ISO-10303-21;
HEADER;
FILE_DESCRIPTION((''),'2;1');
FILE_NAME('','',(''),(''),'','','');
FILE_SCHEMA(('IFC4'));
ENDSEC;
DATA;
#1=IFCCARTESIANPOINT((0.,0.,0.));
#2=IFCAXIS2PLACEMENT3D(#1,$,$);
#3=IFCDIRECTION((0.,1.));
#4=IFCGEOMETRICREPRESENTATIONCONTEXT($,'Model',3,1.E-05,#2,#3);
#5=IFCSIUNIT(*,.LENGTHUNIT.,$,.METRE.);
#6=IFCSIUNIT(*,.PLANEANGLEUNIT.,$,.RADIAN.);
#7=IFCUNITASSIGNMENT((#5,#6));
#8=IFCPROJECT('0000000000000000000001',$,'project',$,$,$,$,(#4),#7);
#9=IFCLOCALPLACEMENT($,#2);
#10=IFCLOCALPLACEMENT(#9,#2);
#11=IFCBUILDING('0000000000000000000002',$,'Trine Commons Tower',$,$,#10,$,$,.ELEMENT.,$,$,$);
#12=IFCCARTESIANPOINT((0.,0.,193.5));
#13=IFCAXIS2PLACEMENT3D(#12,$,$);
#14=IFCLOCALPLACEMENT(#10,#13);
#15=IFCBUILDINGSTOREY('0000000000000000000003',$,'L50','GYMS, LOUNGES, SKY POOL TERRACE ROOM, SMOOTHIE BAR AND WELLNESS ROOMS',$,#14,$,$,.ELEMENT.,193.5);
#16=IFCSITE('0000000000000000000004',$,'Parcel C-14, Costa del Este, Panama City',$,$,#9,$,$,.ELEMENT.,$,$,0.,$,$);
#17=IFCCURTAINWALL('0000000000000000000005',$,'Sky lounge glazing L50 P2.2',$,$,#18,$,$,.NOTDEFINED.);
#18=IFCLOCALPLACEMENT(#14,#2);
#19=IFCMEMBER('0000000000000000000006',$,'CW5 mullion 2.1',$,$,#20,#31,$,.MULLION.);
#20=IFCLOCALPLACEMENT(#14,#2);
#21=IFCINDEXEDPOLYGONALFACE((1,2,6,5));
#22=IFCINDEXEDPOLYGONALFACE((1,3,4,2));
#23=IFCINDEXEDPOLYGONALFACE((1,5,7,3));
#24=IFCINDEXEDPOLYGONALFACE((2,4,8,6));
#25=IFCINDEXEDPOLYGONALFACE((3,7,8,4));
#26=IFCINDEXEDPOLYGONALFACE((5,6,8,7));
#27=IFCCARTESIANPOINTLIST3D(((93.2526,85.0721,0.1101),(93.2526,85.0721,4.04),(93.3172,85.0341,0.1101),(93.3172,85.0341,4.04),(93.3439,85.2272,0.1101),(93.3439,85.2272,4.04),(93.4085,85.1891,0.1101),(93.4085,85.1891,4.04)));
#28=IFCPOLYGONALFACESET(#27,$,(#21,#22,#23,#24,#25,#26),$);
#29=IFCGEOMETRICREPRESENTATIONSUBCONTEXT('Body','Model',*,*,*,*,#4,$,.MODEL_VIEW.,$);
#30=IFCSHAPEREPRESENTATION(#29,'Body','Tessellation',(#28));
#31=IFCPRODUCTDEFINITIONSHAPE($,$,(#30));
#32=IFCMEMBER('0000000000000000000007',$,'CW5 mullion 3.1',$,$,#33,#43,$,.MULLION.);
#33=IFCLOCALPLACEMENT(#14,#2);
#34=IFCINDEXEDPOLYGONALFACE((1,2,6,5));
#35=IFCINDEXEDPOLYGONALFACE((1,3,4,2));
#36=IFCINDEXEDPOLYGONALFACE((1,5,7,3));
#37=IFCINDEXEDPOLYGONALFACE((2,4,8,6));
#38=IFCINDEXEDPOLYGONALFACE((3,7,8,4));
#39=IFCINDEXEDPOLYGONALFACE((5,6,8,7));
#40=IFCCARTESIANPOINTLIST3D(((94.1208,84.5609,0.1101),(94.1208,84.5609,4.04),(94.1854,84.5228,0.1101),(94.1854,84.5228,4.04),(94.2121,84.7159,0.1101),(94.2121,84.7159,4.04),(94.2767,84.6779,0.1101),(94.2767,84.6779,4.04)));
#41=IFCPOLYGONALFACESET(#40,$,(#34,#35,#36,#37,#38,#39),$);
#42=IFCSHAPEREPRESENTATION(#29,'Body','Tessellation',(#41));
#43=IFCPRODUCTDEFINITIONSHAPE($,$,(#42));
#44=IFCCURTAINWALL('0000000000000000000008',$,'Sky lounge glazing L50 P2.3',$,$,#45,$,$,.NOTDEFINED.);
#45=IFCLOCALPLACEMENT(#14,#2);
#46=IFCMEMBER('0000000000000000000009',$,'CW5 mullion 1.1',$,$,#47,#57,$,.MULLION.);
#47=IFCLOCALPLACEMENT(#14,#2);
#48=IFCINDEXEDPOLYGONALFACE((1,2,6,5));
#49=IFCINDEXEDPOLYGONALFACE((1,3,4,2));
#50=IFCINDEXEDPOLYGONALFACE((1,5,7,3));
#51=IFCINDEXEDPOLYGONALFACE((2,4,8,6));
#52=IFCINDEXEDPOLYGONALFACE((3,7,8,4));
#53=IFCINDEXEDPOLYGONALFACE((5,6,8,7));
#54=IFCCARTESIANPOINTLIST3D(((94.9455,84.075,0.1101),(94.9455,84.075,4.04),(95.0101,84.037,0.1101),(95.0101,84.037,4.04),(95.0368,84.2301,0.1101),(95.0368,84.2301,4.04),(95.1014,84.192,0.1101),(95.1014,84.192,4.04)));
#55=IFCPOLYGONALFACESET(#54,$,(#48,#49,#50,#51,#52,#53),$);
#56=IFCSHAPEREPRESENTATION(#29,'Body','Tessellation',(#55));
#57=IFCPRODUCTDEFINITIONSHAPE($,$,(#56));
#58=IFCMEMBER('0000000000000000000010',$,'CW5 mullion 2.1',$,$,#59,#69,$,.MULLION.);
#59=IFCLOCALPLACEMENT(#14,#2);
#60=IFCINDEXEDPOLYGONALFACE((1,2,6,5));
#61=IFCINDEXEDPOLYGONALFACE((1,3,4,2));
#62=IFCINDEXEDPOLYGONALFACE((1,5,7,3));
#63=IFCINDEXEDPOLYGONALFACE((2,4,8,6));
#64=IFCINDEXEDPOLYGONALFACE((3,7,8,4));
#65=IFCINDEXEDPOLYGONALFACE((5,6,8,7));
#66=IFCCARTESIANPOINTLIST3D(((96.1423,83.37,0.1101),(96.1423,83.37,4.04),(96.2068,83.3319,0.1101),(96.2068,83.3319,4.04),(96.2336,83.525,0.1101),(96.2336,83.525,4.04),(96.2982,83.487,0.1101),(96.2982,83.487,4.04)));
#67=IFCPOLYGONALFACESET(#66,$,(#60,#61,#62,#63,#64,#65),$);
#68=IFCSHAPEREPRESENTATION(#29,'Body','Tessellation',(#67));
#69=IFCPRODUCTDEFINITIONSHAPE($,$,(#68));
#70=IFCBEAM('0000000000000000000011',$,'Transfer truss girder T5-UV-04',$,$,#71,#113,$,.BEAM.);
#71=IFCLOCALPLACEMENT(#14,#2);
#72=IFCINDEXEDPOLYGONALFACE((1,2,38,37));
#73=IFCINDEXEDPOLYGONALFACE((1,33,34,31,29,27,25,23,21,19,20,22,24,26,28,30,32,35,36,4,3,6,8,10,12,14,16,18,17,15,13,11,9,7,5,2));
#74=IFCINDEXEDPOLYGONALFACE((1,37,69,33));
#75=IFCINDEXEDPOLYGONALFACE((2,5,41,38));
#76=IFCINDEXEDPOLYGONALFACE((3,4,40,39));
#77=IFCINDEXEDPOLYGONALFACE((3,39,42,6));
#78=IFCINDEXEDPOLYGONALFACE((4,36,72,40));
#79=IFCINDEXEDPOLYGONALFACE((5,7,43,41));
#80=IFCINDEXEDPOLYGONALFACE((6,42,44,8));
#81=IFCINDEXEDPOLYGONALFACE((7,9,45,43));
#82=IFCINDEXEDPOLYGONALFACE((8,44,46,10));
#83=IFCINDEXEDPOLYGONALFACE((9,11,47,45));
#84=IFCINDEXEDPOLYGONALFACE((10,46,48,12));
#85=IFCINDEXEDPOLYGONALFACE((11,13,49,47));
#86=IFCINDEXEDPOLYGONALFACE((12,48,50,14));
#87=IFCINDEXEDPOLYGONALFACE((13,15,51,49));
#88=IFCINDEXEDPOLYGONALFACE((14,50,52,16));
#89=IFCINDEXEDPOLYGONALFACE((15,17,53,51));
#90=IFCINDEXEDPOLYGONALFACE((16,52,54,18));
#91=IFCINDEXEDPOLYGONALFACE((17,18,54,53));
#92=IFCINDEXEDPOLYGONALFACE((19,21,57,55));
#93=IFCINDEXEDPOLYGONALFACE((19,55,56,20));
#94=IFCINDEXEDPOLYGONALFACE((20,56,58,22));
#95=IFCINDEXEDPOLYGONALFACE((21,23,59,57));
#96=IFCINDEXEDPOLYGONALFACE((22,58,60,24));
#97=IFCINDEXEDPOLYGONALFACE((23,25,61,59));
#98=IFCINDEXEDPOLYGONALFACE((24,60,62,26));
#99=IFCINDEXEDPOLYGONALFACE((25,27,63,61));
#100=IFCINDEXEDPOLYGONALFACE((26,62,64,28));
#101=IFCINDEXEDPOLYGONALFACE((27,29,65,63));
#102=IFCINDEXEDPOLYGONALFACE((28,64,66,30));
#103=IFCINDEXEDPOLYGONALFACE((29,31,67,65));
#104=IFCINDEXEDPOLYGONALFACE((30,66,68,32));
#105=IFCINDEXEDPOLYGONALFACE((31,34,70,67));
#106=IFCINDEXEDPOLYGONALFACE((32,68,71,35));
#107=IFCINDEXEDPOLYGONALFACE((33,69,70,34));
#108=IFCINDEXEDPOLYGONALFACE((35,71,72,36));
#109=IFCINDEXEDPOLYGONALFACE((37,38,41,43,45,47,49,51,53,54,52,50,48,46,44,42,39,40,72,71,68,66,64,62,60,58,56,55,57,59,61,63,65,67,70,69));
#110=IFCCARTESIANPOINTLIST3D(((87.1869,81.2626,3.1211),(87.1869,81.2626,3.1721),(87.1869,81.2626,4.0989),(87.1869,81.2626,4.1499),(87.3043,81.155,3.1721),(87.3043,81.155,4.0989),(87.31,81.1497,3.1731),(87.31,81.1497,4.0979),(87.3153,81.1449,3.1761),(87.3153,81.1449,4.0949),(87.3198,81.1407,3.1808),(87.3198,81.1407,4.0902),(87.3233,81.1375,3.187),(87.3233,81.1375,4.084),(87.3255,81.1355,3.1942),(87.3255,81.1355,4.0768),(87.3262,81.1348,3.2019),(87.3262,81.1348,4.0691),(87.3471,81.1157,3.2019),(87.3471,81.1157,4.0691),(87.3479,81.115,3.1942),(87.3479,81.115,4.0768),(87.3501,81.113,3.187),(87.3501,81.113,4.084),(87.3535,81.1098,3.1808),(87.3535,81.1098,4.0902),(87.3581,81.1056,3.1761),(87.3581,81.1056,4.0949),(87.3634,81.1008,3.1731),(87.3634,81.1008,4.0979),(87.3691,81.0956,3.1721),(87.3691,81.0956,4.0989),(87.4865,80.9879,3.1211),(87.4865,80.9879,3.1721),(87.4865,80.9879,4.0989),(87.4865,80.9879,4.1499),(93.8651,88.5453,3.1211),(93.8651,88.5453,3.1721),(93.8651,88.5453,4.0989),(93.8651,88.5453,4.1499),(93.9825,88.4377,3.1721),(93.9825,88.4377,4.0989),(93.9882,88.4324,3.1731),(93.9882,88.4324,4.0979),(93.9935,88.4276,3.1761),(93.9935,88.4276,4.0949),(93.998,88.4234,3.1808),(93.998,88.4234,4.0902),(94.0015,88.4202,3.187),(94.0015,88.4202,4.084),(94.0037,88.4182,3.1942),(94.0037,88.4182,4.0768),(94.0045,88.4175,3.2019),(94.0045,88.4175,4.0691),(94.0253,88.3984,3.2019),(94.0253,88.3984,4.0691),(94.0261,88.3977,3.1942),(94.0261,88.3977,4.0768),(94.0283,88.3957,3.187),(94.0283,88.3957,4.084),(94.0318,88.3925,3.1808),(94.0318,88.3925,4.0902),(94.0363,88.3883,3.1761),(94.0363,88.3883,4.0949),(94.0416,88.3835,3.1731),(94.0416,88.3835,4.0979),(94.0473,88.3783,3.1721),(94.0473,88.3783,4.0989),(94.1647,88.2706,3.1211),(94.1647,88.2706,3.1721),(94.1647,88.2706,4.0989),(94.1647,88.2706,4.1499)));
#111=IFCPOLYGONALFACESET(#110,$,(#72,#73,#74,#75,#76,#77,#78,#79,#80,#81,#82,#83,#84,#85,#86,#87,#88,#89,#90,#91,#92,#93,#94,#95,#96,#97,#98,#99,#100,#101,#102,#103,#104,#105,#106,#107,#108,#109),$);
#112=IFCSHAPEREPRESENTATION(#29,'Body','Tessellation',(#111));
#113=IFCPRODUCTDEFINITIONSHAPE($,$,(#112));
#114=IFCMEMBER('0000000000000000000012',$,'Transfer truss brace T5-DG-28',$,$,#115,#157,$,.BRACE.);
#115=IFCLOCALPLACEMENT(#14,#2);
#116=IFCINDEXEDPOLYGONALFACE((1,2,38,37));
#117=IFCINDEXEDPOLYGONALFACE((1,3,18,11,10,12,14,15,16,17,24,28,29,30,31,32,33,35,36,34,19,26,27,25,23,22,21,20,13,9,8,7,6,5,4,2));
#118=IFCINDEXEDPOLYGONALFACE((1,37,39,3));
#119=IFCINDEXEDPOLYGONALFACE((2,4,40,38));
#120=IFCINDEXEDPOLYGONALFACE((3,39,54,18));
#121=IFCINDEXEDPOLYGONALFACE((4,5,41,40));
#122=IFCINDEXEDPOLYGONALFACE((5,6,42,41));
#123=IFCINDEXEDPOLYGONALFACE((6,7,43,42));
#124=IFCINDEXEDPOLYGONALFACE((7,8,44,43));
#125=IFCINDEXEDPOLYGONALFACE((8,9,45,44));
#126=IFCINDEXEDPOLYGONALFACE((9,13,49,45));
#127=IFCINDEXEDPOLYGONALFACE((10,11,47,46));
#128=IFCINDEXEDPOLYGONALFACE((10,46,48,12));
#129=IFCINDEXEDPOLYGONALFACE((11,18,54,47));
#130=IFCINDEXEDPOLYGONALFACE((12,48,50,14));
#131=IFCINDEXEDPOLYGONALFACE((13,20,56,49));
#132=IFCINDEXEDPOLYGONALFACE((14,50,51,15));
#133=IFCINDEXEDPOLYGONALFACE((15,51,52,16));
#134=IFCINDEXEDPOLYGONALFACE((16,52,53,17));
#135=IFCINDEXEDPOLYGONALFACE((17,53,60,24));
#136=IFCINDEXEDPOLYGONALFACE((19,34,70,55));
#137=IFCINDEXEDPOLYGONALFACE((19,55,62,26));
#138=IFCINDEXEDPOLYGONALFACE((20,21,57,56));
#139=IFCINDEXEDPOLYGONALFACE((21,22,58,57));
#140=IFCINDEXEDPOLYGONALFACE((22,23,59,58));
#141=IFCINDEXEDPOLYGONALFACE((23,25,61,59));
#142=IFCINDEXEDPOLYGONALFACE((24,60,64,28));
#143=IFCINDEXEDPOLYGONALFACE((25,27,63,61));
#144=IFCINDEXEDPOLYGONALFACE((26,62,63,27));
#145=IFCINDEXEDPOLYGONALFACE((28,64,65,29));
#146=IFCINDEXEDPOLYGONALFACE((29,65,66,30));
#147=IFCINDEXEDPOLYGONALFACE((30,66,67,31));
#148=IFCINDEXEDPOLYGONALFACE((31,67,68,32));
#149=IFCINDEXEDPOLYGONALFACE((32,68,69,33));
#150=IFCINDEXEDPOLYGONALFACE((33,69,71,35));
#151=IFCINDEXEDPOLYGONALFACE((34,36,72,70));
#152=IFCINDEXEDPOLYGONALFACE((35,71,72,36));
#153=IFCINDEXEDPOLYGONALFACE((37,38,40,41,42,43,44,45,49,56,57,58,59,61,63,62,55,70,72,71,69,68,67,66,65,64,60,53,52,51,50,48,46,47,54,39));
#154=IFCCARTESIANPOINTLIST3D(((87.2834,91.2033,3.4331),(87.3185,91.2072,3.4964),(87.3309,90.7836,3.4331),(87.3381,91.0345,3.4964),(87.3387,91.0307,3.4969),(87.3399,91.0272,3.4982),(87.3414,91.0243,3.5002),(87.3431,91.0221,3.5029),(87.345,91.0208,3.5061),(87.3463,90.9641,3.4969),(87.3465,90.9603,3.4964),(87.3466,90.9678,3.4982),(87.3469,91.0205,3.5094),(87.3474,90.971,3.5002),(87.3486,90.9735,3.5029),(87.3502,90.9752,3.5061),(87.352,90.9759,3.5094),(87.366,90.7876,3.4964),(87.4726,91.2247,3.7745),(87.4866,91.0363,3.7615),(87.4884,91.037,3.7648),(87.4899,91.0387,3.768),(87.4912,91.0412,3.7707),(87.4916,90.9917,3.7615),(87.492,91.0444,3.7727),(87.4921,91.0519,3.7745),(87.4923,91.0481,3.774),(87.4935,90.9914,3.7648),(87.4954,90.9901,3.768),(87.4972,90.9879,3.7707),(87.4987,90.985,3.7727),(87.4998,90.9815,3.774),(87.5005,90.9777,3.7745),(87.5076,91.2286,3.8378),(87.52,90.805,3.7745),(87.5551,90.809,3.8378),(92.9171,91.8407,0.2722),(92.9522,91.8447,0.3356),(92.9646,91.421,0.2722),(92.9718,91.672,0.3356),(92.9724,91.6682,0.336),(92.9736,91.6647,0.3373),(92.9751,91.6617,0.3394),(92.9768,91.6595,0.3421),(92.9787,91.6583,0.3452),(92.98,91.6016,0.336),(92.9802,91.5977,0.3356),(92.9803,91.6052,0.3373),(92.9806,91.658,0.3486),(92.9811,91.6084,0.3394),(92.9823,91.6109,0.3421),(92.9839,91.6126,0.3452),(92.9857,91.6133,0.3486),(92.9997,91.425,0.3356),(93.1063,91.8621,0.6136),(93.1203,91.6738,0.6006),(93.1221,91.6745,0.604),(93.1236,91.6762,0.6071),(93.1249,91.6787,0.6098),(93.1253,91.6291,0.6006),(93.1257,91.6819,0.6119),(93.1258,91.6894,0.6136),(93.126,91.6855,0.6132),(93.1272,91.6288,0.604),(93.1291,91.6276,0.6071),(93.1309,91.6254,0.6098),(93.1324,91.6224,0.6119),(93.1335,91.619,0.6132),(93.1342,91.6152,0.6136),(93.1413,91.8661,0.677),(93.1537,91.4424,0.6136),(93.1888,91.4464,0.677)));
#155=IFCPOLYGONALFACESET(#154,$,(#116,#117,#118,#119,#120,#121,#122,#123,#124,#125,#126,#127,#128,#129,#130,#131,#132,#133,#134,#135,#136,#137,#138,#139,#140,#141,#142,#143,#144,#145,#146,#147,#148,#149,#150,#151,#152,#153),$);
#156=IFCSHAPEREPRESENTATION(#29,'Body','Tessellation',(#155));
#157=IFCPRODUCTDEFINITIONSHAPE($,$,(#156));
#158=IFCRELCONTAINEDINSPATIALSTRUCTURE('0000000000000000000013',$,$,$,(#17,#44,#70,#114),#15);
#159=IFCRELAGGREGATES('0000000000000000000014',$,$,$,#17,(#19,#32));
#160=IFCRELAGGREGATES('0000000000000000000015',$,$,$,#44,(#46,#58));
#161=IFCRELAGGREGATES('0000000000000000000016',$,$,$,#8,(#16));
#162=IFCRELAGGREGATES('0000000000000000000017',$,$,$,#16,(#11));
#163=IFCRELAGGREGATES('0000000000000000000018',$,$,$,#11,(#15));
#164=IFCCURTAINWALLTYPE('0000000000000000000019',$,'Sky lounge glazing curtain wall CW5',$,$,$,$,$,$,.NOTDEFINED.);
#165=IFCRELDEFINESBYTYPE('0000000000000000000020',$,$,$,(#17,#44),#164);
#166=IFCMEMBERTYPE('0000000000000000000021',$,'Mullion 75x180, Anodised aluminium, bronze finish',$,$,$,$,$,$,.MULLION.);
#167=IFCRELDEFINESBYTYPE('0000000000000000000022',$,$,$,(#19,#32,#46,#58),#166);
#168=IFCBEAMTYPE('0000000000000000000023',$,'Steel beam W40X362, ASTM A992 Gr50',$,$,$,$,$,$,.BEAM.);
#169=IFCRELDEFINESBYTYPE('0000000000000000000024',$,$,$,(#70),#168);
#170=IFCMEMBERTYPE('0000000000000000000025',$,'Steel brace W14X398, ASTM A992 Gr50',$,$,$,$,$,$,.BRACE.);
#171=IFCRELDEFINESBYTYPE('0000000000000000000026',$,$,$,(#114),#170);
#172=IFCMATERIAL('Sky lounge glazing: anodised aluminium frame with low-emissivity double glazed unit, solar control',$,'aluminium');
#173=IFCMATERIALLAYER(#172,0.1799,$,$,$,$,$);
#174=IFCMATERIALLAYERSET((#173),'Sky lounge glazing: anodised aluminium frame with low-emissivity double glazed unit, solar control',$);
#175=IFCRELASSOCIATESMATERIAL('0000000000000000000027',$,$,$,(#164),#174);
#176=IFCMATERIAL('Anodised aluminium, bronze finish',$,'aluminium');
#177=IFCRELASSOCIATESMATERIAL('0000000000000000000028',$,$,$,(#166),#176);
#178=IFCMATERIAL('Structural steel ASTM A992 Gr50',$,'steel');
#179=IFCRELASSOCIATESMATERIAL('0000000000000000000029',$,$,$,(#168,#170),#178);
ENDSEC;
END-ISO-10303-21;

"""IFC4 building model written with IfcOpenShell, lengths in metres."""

from ifc_helpers import new_model, si_unit, direction, frame, origin, origin_2d, place, context, subcontext, project, spatial, rectangle, i_section, extrude, material, layer, layer_set, material_profile, profile_set, type_object, element, aggregate, save


model = new_model("IFC4")

# Units and contexts
model_context = context("Model", 3, precision=1e-05, world=origin(), true_north=direction((0.0, 1.0)))
body_context = subcontext(model_context, "Body", "Model", "MODEL_VIEW")
ifc_project = project(units=[si_unit("LENGTHUNIT", "METRE"), si_unit("PLANEANGLEUNIT", "RADIAN")], contexts=[model_context])

# Site, building, storey
site_placement = place(None, origin())
site = spatial("IfcSite", under=ifc_project, at=site_placement, Name="Parcel C-14, Costa del Este, Panama City", CompositionType="ELEMENT", RefElevation=0.0)
building_placement = place(site_placement, origin())
building = spatial("IfcBuilding", under=site, at=building_placement, Name="Trine Commons Tower", CompositionType="ELEMENT")
storey_placement = place(building_placement, frame((0.0, 0.0, 193.5)))
storey = spatial("IfcBuildingStorey", under=building, at=storey_placement, Name="L50", Description="GYMS, LOUNGES, SKY POOL TERRACE ROOM, SMOOTHIE BAR AND WELLNESS ROOMS", CompositionType="ELEMENT", Elevation=193.5)

# Curtain walls, members
ifc_material_1 = material(Name="Sky lounge glazing: anodised aluminium frame with low-emissivity double glazed unit, solar control", Category="aluminium")
ifc_layer_1 = layer(ifc_material_1, 0.1799)
ifc_layer_set_1 = layer_set([ifc_layer_1], Name="Sky lounge glazing: anodised aluminium frame with low-emissivity double glazed unit, solar control")
curtain_wall_type = type_object("IfcCurtainWallType", Name="Sky lounge glazing curtain wall CW5", PredefinedType="NOTDEFINED", material=ifc_layer_set_1)
curtain_wall_1_placement = place(storey_placement, origin())
curtain_wall_1 = element("IfcCurtainWall", 1, at=curtain_wall_1_placement, inside=storey, type_object=curtain_wall_type, Name="Sky lounge glazing L50 P2.2", PredefinedType="NOTDEFINED")
ifc_material_2 = material(Name="Anodised aluminium, bronze finish", Category="aluminium")
ifc_material_profile_1 = material_profile(ifc_material_2, rectangle(XDim=0.1799, YDim=0.075, at=origin_2d()), Name="Mullion 75x180")
ifc_profile_set_1 = profile_set([ifc_material_profile_1], Name="Anodised aluminium, bronze finish")
member_type_1 = type_object("IfcMemberType", Name="Mullion 75x180, Anodised aluminium, bronze finish", PredefinedType="MULLION", material=ifc_profile_set_1)
member_1_placement = place(storey_placement, frame((93.3306, 85.1306, 0.1101), z_axis=(0.0, 0.0, 1.0), x_axis=(0.507538, 0.861629, 0.0)))
member_1 = element("IfcMember", 2, at=member_1_placement, type_object=member_type_1, Name="CW5 mullion 2.1", PredefinedType="MULLION", context=body_context, shape_type="SweptSolid", body=[
    extrude(rectangle(XDim=0.1799, YDim=0.075, at=origin_2d()), origin(), (0.0, 0.0, 1.0), 3.9299),
])
member_2_placement = place(storey_placement, frame((94.1987, 84.6194, 0.1101), z_axis=(0.0, 0.0, 1.0), x_axis=(0.507538, 0.861629, 0.0)))
member_2 = element("IfcMember", 3, at=member_2_placement, type_object=member_type_1, Name="CW5 mullion 3.1", PredefinedType="MULLION", context=body_context, shape_type="SweptSolid", body=[
    extrude(rectangle(XDim=0.1799, YDim=0.075, at=origin_2d()), origin(), (0.0, 0.0, 1.0), 3.9299),
])
curtain_wall_2_placement = place(storey_placement, origin())
curtain_wall_2 = element("IfcCurtainWall", 4, at=curtain_wall_2_placement, inside=storey, type_object=curtain_wall_type, Name="Sky lounge glazing L50 P2.3", PredefinedType="NOTDEFINED")
member_3_placement = place(storey_placement, frame((95.0234, 84.1335, 0.1101), z_axis=(0.0, 0.0, 1.0), x_axis=(0.507538, 0.861629, 0.0)))
member_3 = element("IfcMember", 5, at=member_3_placement, type_object=member_type_1, Name="CW5 mullion 1.1", PredefinedType="MULLION", context=body_context, shape_type="SweptSolid", body=[
    extrude(rectangle(XDim=0.1799, YDim=0.075, at=origin_2d()), origin(), (0.0, 0.0, 1.0), 3.9299),
])
member_4_placement = place(storey_placement, frame((96.2202, 83.4285, 0.1101), z_axis=(0.0, 0.0, 1.0), x_axis=(0.507538, 0.861629, 0.0)))
member_4 = element("IfcMember", 6, at=member_4_placement, type_object=member_type_1, Name="CW5 mullion 2.1", PredefinedType="MULLION", context=body_context, shape_type="SweptSolid", body=[
    extrude(rectangle(XDim=0.1799, YDim=0.075, at=origin_2d()), origin(), (0.0, 0.0, 1.0), 3.9299),
])

# Beam
ifc_material_3 = material(Name="Structural steel ASTM A992 Gr50", Category="steel")
ifc_material_profile_2 = material_profile(ifc_material_3, i_section(OverallWidth=0.4065, OverallDepth=1.0288, WebThickness=0.0283, FlangeThickness=0.051, FilletRadius=0.0298, at=origin_2d()), Name="W40X362")
ifc_profile_set_2 = profile_set([ifc_material_profile_2], Name="Structural steel ASTM A992 Gr50")
beam_type = type_object("IfcBeamType", Name="Steel beam W40X362, ASTM A992 Gr50", PredefinedType="BEAM", material=ifc_profile_set_2)
beam_placement = place(storey_placement, frame((94.0149, 88.408, 3.6355), z_axis=(-0.675857, -0.737033, 0.0), x_axis=(0.737033, -0.675857, 0.0)))
element("IfcBeam", 7, at=beam_placement, inside=storey, type_object=beam_type, Name="Transfer truss girder T5-UV-04", PredefinedType="BEAM", context=body_context, shape_type="SweptSolid", body=[
    extrude(i_section(OverallWidth=0.4065, OverallDepth=1.0288, WebThickness=0.0283, FlangeThickness=0.051, FilletRadius=0.0298, at=origin_2d()), origin(), (0.0, 0.0, 1.0), 9.8811),
])

# Member
ifc_material_profile_3 = material_profile(ifc_material_3, i_section(OverallWidth=0.4224, OverallDepth=0.4634, WebThickness=0.0449, FlangeThickness=0.0725, FilletRadius=0.0149, at=origin_2d()), Name="W14X398")
ifc_profile_set_3 = profile_set([ifc_material_profile_3], Name="Structural steel ASTM A992 Gr50")
member_type_2 = type_object("IfcMemberType", Name="Steel brace W14X398, ASTM A992 Gr50", PredefinedType="BRACE", material=ifc_profile_set_3)
member_5_placement = place(storey_placement, frame((93.053, 91.6436, 0.4746), z_axis=(-0.867897, -0.098201, 0.486941), x_axis=(0.11243, -0.99366, 0.0)))
element("IfcMember", 8, at=member_5_placement, inside=storey, type_object=member_type_2, Name="Transfer truss brace T5-DG-28", PredefinedType="BRACE", context=body_context, shape_type="SweptSolid", body=[
    extrude(i_section(OverallWidth=0.4224, OverallDepth=0.4634, WebThickness=0.0449, FlangeThickness=0.0725, FilletRadius=0.0149, at=origin_2d()), origin(), (0.0, 0.0, 1.0), 6.4912),
])

aggregate(curtain_wall_1, [member_1, member_2])
aggregate(curtain_wall_2, [member_3, member_4])

save(model, "model.ifc")
